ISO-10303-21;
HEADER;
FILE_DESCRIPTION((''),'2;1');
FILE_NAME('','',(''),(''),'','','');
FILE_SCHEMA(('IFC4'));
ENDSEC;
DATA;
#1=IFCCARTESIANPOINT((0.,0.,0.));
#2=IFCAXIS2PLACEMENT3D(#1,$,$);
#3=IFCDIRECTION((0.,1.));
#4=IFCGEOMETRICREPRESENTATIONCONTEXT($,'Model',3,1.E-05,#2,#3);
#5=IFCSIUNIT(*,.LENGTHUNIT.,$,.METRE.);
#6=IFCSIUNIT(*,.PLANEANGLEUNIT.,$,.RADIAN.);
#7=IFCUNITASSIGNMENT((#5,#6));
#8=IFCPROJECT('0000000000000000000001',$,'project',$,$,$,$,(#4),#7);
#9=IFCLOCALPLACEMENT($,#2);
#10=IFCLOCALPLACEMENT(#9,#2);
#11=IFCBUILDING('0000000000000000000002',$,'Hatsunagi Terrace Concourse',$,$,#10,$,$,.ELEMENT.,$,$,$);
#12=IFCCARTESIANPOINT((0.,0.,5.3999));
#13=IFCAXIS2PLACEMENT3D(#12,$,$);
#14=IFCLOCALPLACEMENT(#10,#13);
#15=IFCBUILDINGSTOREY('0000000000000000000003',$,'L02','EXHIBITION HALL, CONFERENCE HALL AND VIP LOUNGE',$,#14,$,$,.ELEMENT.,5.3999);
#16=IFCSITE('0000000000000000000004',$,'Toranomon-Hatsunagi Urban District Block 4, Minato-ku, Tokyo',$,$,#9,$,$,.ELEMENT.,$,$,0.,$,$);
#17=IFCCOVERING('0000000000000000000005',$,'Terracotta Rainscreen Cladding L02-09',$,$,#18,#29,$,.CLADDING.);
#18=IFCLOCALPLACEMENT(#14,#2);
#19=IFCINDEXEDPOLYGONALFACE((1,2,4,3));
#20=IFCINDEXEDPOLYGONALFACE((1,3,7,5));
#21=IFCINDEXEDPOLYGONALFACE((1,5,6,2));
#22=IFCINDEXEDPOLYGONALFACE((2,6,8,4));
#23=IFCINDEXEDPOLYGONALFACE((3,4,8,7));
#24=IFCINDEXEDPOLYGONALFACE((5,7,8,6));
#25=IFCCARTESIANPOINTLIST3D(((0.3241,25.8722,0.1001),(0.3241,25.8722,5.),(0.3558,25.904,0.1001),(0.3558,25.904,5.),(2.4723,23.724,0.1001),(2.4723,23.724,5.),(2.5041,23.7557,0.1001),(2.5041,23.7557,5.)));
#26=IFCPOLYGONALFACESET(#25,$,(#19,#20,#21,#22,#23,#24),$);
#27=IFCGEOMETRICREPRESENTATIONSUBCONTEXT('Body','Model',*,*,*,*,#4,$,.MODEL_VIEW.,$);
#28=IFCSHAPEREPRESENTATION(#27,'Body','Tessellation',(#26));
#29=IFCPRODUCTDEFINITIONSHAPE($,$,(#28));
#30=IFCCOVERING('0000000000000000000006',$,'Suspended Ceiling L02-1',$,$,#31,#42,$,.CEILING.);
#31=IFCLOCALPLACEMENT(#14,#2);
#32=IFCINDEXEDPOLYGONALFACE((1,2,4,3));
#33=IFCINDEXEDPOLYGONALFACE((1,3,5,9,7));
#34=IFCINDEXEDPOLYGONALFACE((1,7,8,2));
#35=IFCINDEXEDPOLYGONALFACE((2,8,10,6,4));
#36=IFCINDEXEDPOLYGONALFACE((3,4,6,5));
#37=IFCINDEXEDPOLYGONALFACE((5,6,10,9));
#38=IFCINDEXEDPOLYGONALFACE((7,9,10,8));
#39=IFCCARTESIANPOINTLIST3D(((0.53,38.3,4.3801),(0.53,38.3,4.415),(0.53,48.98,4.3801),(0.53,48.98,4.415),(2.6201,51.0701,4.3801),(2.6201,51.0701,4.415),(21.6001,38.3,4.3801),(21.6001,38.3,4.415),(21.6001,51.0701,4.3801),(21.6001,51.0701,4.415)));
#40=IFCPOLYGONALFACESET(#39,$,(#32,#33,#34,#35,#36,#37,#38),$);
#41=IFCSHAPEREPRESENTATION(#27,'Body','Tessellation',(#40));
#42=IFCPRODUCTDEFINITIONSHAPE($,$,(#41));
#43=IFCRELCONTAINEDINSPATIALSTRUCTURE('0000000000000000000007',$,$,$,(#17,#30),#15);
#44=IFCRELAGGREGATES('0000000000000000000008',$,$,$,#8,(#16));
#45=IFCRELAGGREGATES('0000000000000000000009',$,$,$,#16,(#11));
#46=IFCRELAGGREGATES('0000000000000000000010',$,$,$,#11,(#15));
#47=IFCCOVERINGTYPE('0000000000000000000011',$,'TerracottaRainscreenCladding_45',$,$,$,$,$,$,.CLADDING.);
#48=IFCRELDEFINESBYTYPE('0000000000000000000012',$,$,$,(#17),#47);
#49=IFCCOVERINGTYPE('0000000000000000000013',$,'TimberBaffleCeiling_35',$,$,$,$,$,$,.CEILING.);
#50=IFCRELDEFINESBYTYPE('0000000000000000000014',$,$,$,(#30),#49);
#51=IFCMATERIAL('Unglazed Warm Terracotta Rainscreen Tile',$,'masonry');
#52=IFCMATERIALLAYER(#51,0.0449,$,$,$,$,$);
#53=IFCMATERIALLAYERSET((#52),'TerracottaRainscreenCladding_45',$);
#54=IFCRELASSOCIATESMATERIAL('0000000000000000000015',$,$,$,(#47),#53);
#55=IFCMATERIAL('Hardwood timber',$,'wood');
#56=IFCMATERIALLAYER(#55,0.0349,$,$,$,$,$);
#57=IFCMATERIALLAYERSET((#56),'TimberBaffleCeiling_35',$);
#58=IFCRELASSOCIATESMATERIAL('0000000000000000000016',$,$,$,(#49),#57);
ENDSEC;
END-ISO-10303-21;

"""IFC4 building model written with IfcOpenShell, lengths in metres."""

from ifc_helpers import new_model, si_unit, direction, frame, origin, origin_2d, place, context, subcontext, project, spatial, polyline, rectangle, outline, extrude, material, layer, layer_set, type_object, element, save


model = new_model("IFC4")

# Units and contexts
model_context = context("Model", 3, precision=1e-05, world=origin(), true_north=direction((0.0, 1.0)))
body_context = subcontext(model_context, "Body", "Model", "MODEL_VIEW")
ifc_project = project(units=[si_unit("LENGTHUNIT", "METRE"), si_unit("PLANEANGLEUNIT", "RADIAN")], contexts=[model_context])

# Site, building, storey
site_placement = place(None, origin())
site = spatial("IfcSite", under=ifc_project, at=site_placement, Name="Toranomon-Hatsunagi Urban District Block 4, Minato-ku, Tokyo", CompositionType="ELEMENT", RefElevation=0.0)
building_placement = place(site_placement, origin())
building = spatial("IfcBuilding", under=site, at=building_placement, Name="Hatsunagi Terrace Concourse", CompositionType="ELEMENT")
storey_placement = place(building_placement, frame((0.0, 0.0, 5.3999)))
storey = spatial("IfcBuildingStorey", under=building, at=storey_placement, Name="L02", Description="EXHIBITION HALL, CONFERENCE HALL AND VIP LOUNGE", CompositionType="ELEMENT", Elevation=5.3999)

# Coverings
ifc_material_1 = material(Name="Unglazed Warm Terracotta Rainscreen Tile", Category="masonry")
ifc_layer_1 = layer(ifc_material_1, 0.0449)
ifc_layer_set_1 = layer_set([ifc_layer_1], Name="TerracottaRainscreenCladding_45")
covering_type_1 = type_object("IfcCoveringType", Name="TerracottaRainscreenCladding_45", PredefinedType="CLADDING", material=ifc_layer_set_1)
covering_1_placement = place(storey_placement, frame((1.4141, 24.814, 0.1001), z_axis=(0.0, 0.0, 1.0), x_axis=(-0.707107, 0.707107, 0.0)))
element("IfcCovering", 1, at=covering_1_placement, inside=storey, type_object=covering_type_1, Name="Terracotta Rainscreen Cladding L02-09", PredefinedType="CLADDING", context=body_context, shape_type="SweptSolid", body=[
    extrude(rectangle(XDim=3.0381, YDim=0.0449, at=origin_2d()), origin(), (0.0, 0.0, 1.0), 4.8999),
])
ifc_material_2 = material(Name="Hardwood timber", Category="wood")
ifc_layer_2 = layer(ifc_material_2, 0.0349)
ifc_layer_set_2 = layer_set([ifc_layer_2], Name="TimberBaffleCeiling_35")
covering_type_2 = type_object("IfcCoveringType", Name="TimberBaffleCeiling_35", PredefinedType="CEILING", material=ifc_layer_set_2)
covering_2_placement = place(storey_placement, frame((0.0, 0.0, 4.3801)))
element("IfcCovering", 2, at=covering_2_placement, inside=storey, type_object=covering_type_2, Name="Suspended Ceiling L02-1", PredefinedType="CEILING", context=body_context, shape_type="SweptSolid", body=[
    extrude(outline(polyline([(2.6201, 51.0701), (0.53, 48.98), (0.53, 38.3), (21.6001, 38.3), (21.6001, 51.0701), (2.6201, 51.0701)])), origin(), (0.0, 0.0, 1.0), 0.0349),
])

save(model, "model.ifc")
